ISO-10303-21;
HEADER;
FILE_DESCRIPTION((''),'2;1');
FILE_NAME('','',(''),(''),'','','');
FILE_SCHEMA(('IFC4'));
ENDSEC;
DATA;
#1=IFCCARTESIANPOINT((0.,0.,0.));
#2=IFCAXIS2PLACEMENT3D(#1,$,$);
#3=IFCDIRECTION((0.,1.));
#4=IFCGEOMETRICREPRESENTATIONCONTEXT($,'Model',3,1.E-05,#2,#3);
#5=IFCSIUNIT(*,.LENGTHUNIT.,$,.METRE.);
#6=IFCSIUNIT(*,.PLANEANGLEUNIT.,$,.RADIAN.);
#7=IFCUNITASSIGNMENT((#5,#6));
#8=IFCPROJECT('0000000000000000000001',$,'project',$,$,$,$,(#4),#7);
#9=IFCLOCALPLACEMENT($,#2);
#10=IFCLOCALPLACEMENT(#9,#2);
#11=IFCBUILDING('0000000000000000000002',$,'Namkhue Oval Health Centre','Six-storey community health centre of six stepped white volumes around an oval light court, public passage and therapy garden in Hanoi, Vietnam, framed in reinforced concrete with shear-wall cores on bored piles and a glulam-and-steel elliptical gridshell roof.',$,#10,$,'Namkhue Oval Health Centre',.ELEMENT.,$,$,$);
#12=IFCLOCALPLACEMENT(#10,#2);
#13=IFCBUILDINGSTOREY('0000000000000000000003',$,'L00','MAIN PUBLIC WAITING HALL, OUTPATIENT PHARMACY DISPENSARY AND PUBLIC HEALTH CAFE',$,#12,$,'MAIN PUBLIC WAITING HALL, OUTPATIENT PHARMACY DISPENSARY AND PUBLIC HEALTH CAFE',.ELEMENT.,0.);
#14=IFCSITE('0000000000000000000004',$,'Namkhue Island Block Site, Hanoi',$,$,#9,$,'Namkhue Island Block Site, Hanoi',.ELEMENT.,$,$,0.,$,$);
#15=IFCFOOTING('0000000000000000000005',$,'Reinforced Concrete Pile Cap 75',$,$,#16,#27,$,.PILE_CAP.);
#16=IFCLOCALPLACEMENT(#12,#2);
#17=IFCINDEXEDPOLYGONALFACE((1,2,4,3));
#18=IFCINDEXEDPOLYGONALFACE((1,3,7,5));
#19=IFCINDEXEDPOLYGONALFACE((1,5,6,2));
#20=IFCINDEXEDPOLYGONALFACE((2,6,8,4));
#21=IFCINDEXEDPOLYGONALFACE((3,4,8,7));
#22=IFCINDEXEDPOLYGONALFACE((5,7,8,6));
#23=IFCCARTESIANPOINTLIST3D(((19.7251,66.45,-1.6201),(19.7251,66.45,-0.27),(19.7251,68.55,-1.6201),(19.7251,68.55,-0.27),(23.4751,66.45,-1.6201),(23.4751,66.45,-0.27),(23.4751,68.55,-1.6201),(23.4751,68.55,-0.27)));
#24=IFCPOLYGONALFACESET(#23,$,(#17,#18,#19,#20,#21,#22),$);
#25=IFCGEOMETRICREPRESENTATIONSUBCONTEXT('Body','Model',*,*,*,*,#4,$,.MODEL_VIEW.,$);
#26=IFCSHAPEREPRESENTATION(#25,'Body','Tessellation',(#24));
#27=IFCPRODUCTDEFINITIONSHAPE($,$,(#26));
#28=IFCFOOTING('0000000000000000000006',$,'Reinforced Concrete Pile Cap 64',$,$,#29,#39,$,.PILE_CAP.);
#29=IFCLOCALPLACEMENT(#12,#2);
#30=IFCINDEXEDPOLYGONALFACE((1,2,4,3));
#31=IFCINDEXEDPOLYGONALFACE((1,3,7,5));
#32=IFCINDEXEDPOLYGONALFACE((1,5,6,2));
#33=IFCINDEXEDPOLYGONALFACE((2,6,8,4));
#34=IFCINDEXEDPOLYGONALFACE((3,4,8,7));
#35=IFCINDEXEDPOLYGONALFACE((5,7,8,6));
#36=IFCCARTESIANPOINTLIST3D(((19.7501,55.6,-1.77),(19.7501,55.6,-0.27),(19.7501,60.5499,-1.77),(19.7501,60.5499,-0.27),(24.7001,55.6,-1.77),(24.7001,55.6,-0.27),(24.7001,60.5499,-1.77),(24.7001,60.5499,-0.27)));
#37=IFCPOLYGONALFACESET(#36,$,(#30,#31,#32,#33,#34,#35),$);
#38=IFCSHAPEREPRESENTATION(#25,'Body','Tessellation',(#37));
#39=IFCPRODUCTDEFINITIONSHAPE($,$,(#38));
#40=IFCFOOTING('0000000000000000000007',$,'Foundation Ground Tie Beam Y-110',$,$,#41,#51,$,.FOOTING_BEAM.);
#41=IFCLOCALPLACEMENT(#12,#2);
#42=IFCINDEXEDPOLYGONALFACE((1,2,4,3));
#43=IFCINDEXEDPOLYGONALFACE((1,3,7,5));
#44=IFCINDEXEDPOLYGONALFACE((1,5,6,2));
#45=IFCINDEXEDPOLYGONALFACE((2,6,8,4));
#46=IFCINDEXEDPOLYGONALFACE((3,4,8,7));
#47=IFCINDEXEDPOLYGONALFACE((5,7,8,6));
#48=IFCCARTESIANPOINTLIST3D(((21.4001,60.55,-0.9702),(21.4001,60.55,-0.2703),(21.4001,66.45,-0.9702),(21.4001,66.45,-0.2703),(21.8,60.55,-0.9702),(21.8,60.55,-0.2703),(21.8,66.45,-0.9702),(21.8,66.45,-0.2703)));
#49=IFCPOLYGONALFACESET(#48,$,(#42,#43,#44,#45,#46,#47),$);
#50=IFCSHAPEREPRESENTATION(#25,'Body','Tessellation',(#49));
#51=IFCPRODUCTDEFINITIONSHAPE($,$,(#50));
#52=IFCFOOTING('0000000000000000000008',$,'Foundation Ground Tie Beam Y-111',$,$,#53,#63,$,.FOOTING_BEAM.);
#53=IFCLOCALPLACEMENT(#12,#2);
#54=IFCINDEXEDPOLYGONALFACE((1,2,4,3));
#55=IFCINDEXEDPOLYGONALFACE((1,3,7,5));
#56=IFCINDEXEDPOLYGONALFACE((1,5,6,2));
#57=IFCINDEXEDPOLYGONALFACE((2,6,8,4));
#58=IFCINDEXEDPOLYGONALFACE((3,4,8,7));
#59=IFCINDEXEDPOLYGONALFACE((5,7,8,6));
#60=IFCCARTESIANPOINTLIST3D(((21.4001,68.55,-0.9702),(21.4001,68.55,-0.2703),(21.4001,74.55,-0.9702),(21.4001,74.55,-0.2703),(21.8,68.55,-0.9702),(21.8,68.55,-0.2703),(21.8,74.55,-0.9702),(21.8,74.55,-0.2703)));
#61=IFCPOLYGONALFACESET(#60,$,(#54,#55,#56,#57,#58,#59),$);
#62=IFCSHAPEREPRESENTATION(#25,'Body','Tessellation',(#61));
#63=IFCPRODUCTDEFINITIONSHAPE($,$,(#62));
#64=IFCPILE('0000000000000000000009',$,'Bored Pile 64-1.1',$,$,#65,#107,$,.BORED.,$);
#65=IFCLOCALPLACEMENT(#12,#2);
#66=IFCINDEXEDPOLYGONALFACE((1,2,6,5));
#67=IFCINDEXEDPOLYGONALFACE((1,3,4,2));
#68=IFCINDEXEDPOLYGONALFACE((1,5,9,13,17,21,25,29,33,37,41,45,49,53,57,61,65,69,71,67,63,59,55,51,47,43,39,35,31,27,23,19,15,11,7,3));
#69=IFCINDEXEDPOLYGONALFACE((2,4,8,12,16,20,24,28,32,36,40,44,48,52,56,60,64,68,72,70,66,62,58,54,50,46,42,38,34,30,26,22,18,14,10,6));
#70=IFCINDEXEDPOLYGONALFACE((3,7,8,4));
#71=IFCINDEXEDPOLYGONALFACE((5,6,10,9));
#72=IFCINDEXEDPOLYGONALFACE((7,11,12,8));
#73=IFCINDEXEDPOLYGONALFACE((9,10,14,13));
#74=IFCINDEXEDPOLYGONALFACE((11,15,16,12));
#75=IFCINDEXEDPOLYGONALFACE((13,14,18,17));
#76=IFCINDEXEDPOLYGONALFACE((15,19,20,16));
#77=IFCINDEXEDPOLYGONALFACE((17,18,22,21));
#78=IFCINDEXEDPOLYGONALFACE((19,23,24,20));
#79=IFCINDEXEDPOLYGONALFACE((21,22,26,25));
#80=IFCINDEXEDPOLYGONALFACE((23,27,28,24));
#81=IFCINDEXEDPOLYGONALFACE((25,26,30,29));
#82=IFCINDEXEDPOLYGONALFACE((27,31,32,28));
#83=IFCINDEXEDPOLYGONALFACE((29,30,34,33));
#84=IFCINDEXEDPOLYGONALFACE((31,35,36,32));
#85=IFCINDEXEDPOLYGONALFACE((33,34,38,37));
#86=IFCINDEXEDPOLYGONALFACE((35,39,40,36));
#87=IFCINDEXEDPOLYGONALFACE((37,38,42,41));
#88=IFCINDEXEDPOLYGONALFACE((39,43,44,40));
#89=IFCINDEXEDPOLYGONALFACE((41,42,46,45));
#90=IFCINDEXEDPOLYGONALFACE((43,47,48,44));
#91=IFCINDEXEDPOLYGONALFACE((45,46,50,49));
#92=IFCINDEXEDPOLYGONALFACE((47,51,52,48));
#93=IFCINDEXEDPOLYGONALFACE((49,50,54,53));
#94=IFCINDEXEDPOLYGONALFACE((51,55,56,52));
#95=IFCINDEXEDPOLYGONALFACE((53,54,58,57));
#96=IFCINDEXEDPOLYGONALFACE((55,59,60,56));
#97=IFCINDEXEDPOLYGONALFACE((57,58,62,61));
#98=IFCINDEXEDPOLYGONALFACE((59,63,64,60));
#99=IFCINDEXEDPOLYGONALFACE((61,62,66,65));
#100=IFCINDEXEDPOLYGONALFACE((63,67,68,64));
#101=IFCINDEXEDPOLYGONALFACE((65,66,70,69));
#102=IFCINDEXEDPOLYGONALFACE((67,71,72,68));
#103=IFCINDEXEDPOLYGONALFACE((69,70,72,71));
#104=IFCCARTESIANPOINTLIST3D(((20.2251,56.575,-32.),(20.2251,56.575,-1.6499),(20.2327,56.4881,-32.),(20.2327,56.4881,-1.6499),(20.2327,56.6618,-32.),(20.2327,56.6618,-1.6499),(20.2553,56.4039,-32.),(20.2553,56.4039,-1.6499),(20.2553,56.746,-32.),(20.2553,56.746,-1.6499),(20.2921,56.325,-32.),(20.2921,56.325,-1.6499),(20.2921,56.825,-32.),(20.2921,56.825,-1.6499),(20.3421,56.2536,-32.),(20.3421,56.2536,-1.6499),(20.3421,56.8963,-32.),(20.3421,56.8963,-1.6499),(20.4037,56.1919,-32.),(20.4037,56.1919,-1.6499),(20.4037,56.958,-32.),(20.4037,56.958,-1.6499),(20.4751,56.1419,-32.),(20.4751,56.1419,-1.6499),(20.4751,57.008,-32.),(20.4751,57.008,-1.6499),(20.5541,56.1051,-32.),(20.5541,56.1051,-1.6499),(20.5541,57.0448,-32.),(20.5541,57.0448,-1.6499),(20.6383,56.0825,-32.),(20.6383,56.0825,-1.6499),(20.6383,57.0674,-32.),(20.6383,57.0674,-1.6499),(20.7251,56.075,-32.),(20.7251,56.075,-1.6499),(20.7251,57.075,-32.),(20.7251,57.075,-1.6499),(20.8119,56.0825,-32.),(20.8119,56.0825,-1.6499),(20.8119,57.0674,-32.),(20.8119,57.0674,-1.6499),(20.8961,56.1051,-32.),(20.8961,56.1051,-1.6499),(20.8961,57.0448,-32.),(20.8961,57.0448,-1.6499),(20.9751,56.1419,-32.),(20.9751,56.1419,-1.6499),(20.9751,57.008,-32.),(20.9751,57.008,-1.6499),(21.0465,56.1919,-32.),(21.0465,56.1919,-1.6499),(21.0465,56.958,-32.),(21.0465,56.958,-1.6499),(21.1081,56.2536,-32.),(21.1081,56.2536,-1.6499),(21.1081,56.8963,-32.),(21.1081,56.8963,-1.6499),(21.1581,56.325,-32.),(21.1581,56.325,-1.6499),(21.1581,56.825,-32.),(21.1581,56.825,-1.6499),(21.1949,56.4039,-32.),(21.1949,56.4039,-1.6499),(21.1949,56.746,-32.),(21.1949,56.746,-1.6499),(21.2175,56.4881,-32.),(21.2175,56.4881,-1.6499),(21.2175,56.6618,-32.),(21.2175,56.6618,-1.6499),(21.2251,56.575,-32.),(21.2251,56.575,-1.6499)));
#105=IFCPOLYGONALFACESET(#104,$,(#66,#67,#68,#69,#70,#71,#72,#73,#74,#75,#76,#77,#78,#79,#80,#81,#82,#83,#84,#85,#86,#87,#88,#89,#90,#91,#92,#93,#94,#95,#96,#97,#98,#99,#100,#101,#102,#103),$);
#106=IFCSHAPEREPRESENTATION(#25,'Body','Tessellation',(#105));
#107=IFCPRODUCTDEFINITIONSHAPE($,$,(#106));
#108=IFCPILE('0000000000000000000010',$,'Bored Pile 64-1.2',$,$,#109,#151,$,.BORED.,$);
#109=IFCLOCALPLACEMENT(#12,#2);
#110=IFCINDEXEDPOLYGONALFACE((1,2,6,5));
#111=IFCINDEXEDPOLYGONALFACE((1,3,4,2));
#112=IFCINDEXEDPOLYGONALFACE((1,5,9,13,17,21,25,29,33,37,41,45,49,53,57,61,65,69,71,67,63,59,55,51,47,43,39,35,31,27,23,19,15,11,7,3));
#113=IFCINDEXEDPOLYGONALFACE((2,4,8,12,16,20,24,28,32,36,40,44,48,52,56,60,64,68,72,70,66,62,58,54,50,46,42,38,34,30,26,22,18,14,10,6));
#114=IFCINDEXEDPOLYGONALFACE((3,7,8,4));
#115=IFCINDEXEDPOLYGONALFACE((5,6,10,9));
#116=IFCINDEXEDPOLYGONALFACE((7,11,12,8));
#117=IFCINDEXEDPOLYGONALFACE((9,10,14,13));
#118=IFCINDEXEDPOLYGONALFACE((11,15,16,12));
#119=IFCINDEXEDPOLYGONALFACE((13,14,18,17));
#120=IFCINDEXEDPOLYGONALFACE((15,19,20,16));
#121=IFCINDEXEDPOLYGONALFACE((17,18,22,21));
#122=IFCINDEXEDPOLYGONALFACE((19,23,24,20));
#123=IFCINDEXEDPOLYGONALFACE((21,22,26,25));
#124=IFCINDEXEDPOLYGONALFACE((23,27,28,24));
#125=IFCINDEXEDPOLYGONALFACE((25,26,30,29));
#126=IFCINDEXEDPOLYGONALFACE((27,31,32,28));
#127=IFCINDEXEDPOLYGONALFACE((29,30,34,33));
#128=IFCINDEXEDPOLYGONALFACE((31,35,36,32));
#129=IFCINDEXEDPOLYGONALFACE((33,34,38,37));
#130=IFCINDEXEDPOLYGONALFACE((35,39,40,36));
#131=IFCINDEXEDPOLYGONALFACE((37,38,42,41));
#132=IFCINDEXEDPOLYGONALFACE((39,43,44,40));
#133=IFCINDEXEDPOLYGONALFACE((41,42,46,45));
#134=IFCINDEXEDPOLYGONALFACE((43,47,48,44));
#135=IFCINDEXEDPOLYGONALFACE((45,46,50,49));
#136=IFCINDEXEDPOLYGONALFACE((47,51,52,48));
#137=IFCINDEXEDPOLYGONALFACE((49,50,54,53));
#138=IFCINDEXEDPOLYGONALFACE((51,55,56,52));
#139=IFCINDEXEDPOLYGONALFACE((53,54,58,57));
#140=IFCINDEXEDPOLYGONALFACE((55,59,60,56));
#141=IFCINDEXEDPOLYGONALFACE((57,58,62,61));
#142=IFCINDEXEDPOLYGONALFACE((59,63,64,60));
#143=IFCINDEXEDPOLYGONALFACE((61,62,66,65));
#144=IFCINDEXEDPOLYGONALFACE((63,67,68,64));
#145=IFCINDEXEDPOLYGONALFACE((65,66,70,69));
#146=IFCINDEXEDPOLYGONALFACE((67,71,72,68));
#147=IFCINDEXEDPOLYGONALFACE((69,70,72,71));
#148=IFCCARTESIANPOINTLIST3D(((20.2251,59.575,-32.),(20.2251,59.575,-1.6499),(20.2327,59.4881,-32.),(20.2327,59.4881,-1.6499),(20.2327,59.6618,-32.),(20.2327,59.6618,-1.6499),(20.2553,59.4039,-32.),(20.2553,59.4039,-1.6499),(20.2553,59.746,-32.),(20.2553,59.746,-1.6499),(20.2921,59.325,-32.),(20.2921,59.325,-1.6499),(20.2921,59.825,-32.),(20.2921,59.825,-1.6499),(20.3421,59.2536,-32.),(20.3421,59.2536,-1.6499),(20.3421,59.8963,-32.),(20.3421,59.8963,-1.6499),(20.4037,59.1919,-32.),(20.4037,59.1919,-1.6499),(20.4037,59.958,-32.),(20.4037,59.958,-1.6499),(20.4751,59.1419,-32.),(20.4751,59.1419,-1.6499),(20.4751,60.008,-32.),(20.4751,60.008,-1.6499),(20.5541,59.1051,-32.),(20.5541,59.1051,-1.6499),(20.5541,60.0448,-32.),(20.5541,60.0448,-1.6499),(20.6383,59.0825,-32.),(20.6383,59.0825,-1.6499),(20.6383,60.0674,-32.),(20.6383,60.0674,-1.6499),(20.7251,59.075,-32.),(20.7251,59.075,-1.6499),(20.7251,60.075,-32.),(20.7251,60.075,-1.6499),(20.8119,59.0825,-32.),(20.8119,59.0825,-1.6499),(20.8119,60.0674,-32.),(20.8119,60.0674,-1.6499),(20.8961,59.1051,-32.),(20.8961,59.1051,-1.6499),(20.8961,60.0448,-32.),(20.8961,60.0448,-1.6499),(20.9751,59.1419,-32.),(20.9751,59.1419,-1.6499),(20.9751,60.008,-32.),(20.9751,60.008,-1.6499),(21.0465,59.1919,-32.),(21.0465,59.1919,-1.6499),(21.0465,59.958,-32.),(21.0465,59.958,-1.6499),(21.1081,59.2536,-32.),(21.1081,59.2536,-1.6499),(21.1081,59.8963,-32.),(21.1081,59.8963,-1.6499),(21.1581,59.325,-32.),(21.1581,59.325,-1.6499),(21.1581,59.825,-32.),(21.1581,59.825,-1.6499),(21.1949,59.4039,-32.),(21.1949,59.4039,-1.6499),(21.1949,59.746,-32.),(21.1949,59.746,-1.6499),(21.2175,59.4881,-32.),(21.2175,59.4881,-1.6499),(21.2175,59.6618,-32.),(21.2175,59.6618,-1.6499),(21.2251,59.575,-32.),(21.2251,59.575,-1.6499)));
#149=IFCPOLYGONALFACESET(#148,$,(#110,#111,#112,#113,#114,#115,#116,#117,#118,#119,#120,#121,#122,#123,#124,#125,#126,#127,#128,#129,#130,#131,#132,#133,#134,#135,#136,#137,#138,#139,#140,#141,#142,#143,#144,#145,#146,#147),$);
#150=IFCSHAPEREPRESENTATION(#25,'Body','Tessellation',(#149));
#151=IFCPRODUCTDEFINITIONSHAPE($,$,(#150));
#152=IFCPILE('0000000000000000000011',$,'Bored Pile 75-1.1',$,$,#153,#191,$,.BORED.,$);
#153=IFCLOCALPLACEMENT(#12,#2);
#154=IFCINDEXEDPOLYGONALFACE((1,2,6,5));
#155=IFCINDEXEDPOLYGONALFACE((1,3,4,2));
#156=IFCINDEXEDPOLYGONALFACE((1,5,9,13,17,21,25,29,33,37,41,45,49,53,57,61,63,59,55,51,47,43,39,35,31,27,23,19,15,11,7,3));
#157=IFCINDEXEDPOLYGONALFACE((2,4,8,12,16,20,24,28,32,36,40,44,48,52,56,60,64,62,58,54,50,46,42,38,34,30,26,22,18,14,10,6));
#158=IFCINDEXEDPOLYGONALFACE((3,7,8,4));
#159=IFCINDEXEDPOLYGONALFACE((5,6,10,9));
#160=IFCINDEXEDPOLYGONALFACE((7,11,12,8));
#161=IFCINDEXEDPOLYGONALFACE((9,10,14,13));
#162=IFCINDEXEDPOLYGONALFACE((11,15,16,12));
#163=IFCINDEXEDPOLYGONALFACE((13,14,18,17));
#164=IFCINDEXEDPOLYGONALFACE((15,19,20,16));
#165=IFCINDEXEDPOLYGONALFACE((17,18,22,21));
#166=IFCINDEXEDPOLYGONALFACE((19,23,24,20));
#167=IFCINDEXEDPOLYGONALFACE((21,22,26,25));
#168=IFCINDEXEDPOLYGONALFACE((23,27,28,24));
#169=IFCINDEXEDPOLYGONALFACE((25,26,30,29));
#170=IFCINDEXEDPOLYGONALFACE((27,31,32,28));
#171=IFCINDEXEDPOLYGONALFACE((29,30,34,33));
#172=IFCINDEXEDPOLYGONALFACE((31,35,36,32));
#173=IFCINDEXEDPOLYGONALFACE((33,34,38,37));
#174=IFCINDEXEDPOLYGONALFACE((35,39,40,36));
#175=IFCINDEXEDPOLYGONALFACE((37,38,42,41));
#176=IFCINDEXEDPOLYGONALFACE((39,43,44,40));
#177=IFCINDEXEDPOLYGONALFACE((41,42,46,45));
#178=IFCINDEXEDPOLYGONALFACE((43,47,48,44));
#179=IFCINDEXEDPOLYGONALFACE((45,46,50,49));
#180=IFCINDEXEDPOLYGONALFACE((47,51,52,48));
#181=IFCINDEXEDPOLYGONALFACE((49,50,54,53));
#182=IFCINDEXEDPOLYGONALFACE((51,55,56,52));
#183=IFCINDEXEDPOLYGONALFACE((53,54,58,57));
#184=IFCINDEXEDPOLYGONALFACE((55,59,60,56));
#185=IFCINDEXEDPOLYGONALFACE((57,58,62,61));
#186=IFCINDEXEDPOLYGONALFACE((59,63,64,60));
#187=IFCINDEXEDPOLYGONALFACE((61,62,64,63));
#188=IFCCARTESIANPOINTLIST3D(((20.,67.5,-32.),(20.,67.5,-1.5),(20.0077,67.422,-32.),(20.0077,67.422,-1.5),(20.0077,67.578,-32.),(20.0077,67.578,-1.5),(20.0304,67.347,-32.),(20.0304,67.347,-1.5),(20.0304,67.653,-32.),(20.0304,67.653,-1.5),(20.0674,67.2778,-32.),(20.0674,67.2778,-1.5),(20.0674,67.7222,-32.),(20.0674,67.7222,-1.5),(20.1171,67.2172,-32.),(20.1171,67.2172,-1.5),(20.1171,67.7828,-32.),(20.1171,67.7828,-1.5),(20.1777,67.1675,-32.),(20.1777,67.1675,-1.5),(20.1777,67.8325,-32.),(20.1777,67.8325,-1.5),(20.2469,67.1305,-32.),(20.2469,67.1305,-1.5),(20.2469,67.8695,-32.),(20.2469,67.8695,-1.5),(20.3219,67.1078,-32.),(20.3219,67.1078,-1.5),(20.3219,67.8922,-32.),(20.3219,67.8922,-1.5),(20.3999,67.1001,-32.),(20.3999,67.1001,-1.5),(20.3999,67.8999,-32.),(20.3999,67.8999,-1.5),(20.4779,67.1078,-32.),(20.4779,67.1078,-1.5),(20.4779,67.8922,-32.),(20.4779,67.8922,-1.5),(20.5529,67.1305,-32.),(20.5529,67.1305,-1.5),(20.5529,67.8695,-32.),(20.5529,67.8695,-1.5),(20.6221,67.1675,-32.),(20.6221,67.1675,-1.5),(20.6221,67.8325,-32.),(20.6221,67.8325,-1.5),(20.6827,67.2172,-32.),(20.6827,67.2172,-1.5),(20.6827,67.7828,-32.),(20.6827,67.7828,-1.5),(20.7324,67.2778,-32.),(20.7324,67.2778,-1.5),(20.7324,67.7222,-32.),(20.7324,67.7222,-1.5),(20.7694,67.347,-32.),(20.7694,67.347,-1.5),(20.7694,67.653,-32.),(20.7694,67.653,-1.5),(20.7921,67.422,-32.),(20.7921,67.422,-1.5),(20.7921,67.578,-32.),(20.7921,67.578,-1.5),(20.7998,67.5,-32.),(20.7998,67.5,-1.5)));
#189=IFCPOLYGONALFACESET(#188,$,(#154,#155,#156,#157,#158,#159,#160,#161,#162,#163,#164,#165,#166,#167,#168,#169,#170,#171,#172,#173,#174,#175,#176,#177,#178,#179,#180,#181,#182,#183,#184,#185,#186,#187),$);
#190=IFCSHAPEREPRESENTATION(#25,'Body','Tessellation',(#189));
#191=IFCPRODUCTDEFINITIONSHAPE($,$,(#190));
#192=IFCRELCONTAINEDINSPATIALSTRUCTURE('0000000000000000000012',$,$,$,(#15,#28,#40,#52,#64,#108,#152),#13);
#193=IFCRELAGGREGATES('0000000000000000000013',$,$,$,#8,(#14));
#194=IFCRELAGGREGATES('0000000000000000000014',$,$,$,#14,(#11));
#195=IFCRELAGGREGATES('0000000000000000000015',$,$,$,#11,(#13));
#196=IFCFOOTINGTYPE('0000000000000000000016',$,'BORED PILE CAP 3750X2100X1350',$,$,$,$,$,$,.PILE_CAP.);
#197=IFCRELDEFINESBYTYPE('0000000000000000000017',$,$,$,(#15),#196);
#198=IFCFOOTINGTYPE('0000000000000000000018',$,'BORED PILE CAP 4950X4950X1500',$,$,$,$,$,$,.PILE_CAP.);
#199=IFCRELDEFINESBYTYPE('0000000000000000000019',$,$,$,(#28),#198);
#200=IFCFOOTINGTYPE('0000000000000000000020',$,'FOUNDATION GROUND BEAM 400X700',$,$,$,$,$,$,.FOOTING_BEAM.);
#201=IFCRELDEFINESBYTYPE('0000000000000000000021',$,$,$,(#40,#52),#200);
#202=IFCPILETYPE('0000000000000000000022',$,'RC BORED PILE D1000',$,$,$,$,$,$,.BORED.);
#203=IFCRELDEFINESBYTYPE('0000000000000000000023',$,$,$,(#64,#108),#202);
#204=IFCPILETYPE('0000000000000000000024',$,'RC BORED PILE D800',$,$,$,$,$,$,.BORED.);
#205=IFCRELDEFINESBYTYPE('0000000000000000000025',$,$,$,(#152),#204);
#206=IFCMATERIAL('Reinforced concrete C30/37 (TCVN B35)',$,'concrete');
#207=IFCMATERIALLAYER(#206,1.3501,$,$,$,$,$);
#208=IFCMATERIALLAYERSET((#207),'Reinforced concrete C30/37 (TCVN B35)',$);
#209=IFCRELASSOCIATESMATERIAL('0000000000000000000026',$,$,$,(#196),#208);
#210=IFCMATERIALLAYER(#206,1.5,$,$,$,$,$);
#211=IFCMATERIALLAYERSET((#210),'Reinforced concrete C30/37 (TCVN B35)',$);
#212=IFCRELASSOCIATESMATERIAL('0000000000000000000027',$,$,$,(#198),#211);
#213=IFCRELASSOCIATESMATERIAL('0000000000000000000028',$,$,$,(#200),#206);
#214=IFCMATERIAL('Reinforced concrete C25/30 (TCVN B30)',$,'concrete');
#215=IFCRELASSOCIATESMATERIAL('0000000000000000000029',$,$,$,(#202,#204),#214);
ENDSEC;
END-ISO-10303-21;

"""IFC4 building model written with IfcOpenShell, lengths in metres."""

from ifc_helpers import new_model, si_unit, direction, frame, origin, origin_2d, place, context, subcontext, project, spatial, rectangle, circle, extrude, material, layer, layer_set, material_profile, profile_set, type_object, element, save


model = new_model("IFC4")

# Units and contexts
model_context = context("Model", 3, precision=1e-05, world=origin(), true_north=direction((0.0, 1.0)))
body_context = subcontext(model_context, "Body", "Model", "MODEL_VIEW")
ifc_project = project(units=[si_unit("LENGTHUNIT", "METRE"), si_unit("PLANEANGLEUNIT", "RADIAN")], contexts=[model_context])

# Site, building, storey
site_placement = place(None, origin())
site = spatial("IfcSite", under=ifc_project, at=site_placement, Name="Namkhue Island Block Site, Hanoi", LongName="Namkhue Island Block Site, Hanoi", CompositionType="ELEMENT", RefElevation=0.0)
building_placement = place(site_placement, origin())
building = spatial("IfcBuilding", under=site, at=building_placement, Name="Namkhue Oval Health Centre", Description="Six-storey community health centre of six stepped white volumes around an oval light court, public passage and therapy garden in Hanoi, Vietnam, framed in reinforced concrete with shear-wall cores on bored piles and a glulam-and-steel elliptical gridshell roof.", LongName="Namkhue Oval Health Centre", CompositionType="ELEMENT")
storey_placement = place(building_placement, origin())
storey = spatial("IfcBuildingStorey", under=building, at=storey_placement, Name="L00", Description="MAIN PUBLIC WAITING HALL, OUTPATIENT PHARMACY DISPENSARY AND PUBLIC HEALTH CAFE", LongName="MAIN PUBLIC WAITING HALL, OUTPATIENT PHARMACY DISPENSARY AND PUBLIC HEALTH CAFE", CompositionType="ELEMENT", Elevation=0.0)

# Footings
ifc_material_1 = material(Name="Reinforced concrete C30/37 (TCVN B35)", Category="concrete")
ifc_layer_1 = layer(ifc_material_1, 1.3501)
ifc_layer_set_1 = layer_set([ifc_layer_1], Name="Reinforced concrete C30/37 (TCVN B35)")
footing_type_1 = type_object("IfcFootingType", Name="BORED PILE CAP 3750X2100X1350", PredefinedType="PILE_CAP", material=ifc_layer_set_1)
footing_1_placement = place(storey_placement, frame((21.6001, 67.5, -1.6201), z_axis=(0.0, 0.0, 1.0), x_axis=(1.0, 0.0, 0.0)))
element("IfcFooting", 1, at=footing_1_placement, inside=storey, type_object=footing_type_1, Name="Reinforced Concrete Pile Cap 75", PredefinedType="PILE_CAP", context=body_context, shape_type="SweptSolid", body=[
    extrude(rectangle(XDim=3.75, YDim=2.1001, at=origin_2d()), origin(), (0.0, 0.0, 1.0), 1.3501),
])
ifc_layer_2 = layer(ifc_material_1, 1.5)
ifc_layer_set_2 = layer_set([ifc_layer_2], Name="Reinforced concrete C30/37 (TCVN B35)")
footing_type_2 = type_object("IfcFootingType", Name="BORED PILE CAP 4950X4950X1500", PredefinedType="PILE_CAP", material=ifc_layer_set_2)
footing_2_placement = place(storey_placement, frame((22.2251, 58.075, -1.77), z_axis=(0.0, 0.0, 1.0), x_axis=(1.0, 0.0, 0.0)))
element("IfcFooting", 2, at=footing_2_placement, inside=storey, type_object=footing_type_2, Name="Reinforced Concrete Pile Cap 64", PredefinedType="PILE_CAP", context=body_context, shape_type="SweptSolid", body=[
    extrude(rectangle(XDim=4.95, YDim=4.95, at=origin_2d()), origin(), (0.0, 0.0, 1.0), 1.5),
])
footing_type_3 = type_object("IfcFootingType", Name="FOUNDATION GROUND BEAM 400X700", PredefinedType="FOOTING_BEAM", material=ifc_material_1)
footing_3_placement = place(storey_placement, frame((21.6001, 63.5, -0.9702), z_axis=(0.0, 0.0, 1.0), x_axis=(0.0, 1.0, 0.0)))
element("IfcFooting", 3, at=footing_3_placement, inside=storey, type_object=footing_type_3, Name="Foundation Ground Tie Beam Y-110", PredefinedType="FOOTING_BEAM", context=body_context, shape_type="SweptSolid", body=[
    extrude(rectangle(XDim=5.8999, YDim=0.3999, at=origin_2d()), origin(), (0.0, 0.0, 1.0), 0.7),
])
footing_4_placement = place(storey_placement, frame((21.6001, 71.55, -0.9702), z_axis=(0.0, 0.0, 1.0), x_axis=(0.0, 1.0, 0.0)))
element("IfcFooting", 4, at=footing_4_placement, inside=storey, type_object=footing_type_3, Name="Foundation Ground Tie Beam Y-111", PredefinedType="FOOTING_BEAM", context=body_context, shape_type="SweptSolid", body=[
    extrude(rectangle(XDim=6.0, YDim=0.3999, at=origin_2d()), origin(), (0.0, 0.0, 1.0), 0.7),
])

# Piles
ifc_material_2 = material(Name="Reinforced concrete C25/30 (TCVN B30)", Category="concrete")
ifc_material_profile_1 = material_profile(ifc_material_2, circle(Radius=0.5, at=origin_2d()), Name="BORED PILE D1000")
ifc_profile_set_1 = profile_set([ifc_material_profile_1], Name="Reinforced concrete C25/30 (TCVN B30)")
pile_type_1 = type_object("IfcPileType", Name="RC BORED PILE D1000", PredefinedType="BORED", material=ifc_profile_set_1)
for number, where, z_axis, x_axis, name in (
    (5, (20.7251, 56.575, -1.6499), (0.0, 0.0, -1.0), (1.0, 0.0, 0.0), "Bored Pile 64-1.1"),
    (6, (20.7251, 59.575, -1.6499), (0.0, 0.0, -1.0), (1.0, 0.0, 0.0), "Bored Pile 64-1.2"),
):
    element("IfcPile", number, at=place(storey_placement, frame(where, z_axis=z_axis, x_axis=x_axis)), inside=storey, type_object=pile_type_1, Name=name, PredefinedType="BORED", context=body_context, shape_type="SweptSolid", body=[
        extrude(circle(Radius=0.5, at=origin_2d()), origin(), (0.0, 0.0, 1.0), 30.3501),
    ])
ifc_material_profile_2 = material_profile(ifc_material_2, circle(Radius=0.3999, at=origin_2d()), Name="BORED PILE D800")
ifc_profile_set_2 = profile_set([ifc_material_profile_2], Name="Reinforced concrete C25/30 (TCVN B30)")
pile_type_2 = type_object("IfcPileType", Name="RC BORED PILE D800", PredefinedType="BORED", material=ifc_profile_set_2)
for number, where, z_axis, x_axis, name in (
    (7, (20.3999, 67.5, -1.5), (0.0, 0.0, -1.0), (1.0, 0.0, 0.0), "Bored Pile 75-1.1"),
):
    element("IfcPile", number, at=place(storey_placement, frame(where, z_axis=z_axis, x_axis=x_axis)), inside=storey, type_object=pile_type_2, Name=name, PredefinedType="BORED", context=body_context, shape_type="SweptSolid", body=[
        extrude(circle(Radius=0.3999, at=origin_2d()), origin(), (0.0, 0.0, 1.0), 30.5),
    ])

save(model, "model.ifc")
